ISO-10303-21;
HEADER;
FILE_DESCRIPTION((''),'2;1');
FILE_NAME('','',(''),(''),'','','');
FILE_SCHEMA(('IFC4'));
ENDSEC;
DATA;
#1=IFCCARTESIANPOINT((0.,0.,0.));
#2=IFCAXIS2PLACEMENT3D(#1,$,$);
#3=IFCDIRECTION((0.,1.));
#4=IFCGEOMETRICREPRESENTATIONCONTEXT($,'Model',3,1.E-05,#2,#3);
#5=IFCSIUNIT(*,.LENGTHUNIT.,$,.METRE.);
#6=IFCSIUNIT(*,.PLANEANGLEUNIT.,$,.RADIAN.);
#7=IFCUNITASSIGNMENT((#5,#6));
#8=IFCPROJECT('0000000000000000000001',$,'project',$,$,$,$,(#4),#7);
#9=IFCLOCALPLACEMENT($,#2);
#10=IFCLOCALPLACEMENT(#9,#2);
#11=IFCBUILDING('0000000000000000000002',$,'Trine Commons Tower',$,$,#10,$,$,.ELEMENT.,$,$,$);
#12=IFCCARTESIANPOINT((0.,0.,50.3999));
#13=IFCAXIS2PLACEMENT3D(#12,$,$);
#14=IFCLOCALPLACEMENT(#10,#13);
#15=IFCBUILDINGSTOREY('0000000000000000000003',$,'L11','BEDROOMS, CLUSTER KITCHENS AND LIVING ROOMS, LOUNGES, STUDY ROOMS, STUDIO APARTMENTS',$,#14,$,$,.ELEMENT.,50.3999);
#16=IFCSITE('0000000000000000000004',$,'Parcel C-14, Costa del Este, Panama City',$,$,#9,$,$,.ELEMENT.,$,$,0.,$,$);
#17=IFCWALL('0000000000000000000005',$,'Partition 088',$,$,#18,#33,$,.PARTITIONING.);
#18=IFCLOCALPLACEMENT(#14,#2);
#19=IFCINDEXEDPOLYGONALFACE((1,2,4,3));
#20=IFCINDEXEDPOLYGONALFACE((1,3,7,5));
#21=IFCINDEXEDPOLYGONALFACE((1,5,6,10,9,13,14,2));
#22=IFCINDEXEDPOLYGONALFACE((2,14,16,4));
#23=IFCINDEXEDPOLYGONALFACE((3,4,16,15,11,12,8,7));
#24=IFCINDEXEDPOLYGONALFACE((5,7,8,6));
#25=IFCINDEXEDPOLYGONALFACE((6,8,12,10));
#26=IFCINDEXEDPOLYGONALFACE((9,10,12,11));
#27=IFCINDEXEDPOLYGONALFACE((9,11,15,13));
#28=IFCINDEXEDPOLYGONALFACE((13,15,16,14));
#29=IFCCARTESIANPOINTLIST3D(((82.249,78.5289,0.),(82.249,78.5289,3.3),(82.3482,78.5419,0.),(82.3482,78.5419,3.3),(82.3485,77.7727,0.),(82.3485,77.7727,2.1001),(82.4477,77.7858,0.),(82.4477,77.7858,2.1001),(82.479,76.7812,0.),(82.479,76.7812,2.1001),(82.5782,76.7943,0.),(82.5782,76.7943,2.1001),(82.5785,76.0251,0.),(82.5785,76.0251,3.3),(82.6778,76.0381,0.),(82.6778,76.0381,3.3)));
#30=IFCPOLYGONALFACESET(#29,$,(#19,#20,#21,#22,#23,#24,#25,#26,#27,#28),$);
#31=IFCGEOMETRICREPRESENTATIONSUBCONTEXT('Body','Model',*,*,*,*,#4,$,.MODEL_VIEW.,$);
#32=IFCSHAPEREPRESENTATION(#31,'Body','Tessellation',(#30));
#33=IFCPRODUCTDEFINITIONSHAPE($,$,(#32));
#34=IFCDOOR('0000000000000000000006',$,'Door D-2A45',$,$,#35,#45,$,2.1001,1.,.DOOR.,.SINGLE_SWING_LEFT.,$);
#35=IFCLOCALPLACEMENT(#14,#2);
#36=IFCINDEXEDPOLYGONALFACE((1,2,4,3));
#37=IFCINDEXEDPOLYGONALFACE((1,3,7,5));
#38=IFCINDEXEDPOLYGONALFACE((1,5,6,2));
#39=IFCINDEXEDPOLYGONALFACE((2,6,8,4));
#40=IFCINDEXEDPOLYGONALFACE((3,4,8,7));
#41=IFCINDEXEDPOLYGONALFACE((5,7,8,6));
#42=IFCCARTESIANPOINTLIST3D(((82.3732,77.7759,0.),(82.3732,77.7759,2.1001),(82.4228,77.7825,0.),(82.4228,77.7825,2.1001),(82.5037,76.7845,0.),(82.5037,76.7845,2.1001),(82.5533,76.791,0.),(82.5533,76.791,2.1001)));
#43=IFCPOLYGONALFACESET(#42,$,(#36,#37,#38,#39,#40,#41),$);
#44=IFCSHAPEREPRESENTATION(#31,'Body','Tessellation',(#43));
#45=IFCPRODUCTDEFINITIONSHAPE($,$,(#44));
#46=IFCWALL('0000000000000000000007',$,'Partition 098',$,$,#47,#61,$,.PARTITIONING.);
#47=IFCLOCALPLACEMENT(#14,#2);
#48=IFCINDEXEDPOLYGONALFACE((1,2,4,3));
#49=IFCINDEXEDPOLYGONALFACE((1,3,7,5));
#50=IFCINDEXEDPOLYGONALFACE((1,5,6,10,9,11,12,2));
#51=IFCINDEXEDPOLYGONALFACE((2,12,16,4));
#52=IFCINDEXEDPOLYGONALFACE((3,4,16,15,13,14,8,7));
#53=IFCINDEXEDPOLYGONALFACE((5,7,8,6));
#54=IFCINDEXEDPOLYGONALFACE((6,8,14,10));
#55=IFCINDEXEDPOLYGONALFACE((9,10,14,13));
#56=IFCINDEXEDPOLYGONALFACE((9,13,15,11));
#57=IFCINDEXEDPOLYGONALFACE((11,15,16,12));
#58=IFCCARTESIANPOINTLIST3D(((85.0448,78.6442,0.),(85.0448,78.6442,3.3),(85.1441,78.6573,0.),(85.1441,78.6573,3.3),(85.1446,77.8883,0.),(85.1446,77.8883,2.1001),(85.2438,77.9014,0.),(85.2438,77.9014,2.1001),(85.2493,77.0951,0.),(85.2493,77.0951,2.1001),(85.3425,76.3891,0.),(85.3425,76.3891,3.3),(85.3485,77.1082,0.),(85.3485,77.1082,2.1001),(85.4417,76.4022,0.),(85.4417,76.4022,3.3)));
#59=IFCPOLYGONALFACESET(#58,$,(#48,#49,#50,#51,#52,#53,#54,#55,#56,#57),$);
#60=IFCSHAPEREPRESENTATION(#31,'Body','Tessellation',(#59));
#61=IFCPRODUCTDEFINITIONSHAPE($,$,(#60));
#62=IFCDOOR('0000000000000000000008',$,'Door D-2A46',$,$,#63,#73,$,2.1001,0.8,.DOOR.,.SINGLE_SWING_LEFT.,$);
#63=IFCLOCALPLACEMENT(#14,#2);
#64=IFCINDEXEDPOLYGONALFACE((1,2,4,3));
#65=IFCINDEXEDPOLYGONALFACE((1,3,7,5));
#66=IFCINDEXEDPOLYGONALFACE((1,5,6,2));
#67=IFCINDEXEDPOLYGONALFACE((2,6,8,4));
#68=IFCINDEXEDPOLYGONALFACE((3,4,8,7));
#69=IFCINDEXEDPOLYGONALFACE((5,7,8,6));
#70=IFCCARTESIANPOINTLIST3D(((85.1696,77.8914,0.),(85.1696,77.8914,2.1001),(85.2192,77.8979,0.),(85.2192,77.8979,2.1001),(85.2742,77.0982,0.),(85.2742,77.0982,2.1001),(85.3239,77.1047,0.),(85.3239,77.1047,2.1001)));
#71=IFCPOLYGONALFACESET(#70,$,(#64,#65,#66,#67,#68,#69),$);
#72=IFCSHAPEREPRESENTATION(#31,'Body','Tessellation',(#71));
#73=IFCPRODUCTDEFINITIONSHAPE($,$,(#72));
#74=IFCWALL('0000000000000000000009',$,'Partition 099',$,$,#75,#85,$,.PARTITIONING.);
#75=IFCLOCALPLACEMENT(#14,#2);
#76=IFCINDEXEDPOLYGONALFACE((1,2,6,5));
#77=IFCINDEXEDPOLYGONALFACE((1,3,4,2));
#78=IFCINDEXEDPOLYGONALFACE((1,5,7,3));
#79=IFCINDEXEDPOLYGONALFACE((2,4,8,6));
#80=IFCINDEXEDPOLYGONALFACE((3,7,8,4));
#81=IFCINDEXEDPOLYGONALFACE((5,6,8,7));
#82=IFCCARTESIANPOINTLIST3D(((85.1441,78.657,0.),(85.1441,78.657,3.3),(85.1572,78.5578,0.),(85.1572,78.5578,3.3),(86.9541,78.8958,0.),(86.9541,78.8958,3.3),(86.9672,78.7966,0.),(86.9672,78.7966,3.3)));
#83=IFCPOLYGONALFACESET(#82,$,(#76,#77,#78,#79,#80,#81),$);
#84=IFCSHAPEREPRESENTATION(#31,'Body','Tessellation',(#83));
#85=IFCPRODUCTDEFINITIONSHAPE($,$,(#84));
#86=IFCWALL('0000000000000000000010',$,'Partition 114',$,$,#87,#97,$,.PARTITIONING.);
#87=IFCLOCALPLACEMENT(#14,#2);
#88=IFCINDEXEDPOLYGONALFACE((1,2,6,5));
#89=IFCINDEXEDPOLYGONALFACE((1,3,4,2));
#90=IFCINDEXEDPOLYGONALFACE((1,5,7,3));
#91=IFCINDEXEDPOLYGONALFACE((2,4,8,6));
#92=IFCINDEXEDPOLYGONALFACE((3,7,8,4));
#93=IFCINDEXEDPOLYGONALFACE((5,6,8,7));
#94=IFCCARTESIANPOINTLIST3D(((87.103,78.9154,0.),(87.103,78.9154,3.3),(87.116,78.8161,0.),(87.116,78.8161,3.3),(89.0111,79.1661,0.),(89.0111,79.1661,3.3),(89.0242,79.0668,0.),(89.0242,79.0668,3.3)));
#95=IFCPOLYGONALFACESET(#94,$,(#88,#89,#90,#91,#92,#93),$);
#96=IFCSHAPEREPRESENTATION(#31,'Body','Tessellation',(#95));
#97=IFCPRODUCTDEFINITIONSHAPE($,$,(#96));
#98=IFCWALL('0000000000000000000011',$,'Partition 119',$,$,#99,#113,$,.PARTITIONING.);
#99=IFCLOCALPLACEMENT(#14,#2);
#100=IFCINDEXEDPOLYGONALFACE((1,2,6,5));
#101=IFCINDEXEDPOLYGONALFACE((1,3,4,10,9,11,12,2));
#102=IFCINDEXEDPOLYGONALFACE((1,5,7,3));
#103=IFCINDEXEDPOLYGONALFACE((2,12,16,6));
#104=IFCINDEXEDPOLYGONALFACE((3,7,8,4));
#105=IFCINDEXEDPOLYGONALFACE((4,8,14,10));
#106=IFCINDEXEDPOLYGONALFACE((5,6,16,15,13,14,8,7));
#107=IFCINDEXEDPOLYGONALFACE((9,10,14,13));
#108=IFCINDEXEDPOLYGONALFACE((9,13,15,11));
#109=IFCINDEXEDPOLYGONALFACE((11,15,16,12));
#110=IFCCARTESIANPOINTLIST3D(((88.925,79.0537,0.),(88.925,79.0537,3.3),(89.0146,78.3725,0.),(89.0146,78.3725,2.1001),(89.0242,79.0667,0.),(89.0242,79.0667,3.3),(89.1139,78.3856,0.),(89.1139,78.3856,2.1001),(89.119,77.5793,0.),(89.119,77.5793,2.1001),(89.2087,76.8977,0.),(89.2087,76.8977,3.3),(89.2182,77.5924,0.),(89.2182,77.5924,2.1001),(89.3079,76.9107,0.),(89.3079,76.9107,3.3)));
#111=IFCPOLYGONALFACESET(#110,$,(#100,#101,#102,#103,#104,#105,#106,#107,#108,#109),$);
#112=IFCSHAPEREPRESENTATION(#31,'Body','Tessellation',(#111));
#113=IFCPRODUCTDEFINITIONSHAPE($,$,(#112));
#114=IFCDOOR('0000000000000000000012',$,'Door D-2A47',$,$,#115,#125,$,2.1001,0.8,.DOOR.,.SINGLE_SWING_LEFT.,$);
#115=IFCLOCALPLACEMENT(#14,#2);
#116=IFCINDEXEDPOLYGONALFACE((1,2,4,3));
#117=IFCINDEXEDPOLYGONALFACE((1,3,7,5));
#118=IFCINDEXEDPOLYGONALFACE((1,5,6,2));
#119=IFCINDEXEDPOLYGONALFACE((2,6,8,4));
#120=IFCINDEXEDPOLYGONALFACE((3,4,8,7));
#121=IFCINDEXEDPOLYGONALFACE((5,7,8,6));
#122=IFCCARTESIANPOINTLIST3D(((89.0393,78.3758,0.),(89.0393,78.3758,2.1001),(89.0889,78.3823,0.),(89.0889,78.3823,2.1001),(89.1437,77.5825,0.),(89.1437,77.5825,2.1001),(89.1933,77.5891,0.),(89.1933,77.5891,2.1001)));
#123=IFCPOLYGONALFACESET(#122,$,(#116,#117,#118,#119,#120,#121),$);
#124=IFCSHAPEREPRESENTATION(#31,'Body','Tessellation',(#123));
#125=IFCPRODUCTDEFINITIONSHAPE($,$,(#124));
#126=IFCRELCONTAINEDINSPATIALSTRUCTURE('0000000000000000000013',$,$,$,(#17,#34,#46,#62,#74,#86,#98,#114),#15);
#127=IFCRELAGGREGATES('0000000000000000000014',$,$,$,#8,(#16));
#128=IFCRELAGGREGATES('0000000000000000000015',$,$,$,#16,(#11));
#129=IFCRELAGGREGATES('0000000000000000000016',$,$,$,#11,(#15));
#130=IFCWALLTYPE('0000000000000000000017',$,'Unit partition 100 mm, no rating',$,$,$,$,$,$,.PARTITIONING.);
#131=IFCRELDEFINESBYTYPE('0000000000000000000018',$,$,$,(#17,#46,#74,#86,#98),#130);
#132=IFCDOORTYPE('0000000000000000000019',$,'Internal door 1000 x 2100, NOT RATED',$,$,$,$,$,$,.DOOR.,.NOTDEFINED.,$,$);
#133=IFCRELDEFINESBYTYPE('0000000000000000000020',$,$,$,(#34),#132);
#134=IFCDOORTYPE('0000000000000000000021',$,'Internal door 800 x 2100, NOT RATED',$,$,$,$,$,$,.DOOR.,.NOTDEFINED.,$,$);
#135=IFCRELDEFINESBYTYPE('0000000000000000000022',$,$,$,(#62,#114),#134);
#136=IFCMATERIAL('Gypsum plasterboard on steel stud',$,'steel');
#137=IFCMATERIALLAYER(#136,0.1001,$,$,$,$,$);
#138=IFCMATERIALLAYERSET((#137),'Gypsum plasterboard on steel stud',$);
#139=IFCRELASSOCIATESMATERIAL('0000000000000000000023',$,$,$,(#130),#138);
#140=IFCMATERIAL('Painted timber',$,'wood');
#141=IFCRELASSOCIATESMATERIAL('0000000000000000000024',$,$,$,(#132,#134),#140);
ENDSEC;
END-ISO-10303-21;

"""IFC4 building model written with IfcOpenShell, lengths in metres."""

from ifc_helpers import new_model, si_unit, direction, frame, frame_2d, origin, place, context, subcontext, project, spatial, rectangle, extrude, material, layer, layer_set, type_object, element, fill, save


model = new_model("IFC4")

# Units and contexts
model_context = context("Model", 3, precision=1e-05, world=origin(), true_north=direction((0.0, 1.0)))
body_context = subcontext(model_context, "Body", "Model", "MODEL_VIEW")
ifc_project = project(units=[si_unit("LENGTHUNIT", "METRE"), si_unit("PLANEANGLEUNIT", "RADIAN")], contexts=[model_context])

# Site, building, storey
site_placement = place(None, origin())
site = spatial("IfcSite", under=ifc_project, at=site_placement, Name="Parcel C-14, Costa del Este, Panama City", CompositionType="ELEMENT", RefElevation=0.0)
building_placement = place(site_placement, origin())
building = spatial("IfcBuilding", under=site, at=building_placement, Name="Trine Commons Tower", CompositionType="ELEMENT")
storey_placement = place(building_placement, frame((0.0, 0.0, 50.3999)))
storey = spatial("IfcBuildingStorey", under=building, at=storey_placement, Name="L11", Description="BEDROOMS, CLUSTER KITCHENS AND LIVING ROOMS, LOUNGES, STUDY ROOMS, STUDIO APARTMENTS", CompositionType="ELEMENT", Elevation=50.3999)

# Shared definitions
ifc_material_1 = material(Name="Gypsum plasterboard on steel stud", Category="steel")

# Shared definitions
ifc_layer_1 = layer(ifc_material_1, 0.1001)
ifc_layer_set_1 = layer_set([ifc_layer_1], Name="Gypsum plasterboard on steel stud")
wall_type_1 = type_object("IfcWallType", Name="Unit partition 100 mm, no rating", PredefinedType="PARTITIONING", material=ifc_layer_set_1)

# Walls, openings, doors
wall_1_placement = place(storey_placement, frame((82.2986, 78.5354, 0.0), z_axis=(0.0, 0.0, 1.0), x_axis=(0.130505, -0.991448, 0.0)))
wall_1 = element("IfcWall", 1, at=wall_1_placement, inside=storey, type_object=wall_type_1, Name="Partition 088", PredefinedType="PARTITIONING", context=body_context, shape_type="SweptSolid", body=[
    extrude(rectangle(XDim=2.5254, YDim=0.1001, at=frame_2d((1.2627, 0.0))), origin(), (0.0, 0.0, 1.0), 3.3),
])
opening_1_placement = place(wall_1_placement, frame((0.7627, 0.0, 0.0)))
opening_1 = element("IfcOpeningElement", 2, at=opening_1_placement, cuts=wall_1, PredefinedType="OPENING", context=body_context, shape_type="SweptSolid", body=[
    extrude(rectangle(XDim=1.0, YDim=2.1001, at=frame_2d((0.5, 1.05))), frame((0.0, 0.0601, 0.0), z_axis=(0.0, -1.0, 0.0), x_axis=(1.0, 0.0, 0.0)), (0.0, 0.0, 1.0), 0.1201),
])
ifc_material_2 = material(Name="Painted timber", Category="wood")
door_type_1 = type_object("IfcDoorType", Name="Internal door 1000 x 2100, NOT RATED", OperationType="NOTDEFINED", PredefinedType="DOOR", material=ifc_material_2)
door_1_placement = place(opening_1_placement, origin())
door_1 = element("IfcDoor", 3, at=door_1_placement, inside=storey, type_object=door_type_1, Name="Door D-2A45", OperationType="SINGLE_SWING_LEFT", OverallHeight=2.1001, OverallWidth=1.0, PredefinedType="DOOR", context=body_context, shape_type="SweptSolid", body=[
    extrude(rectangle(XDim=1.0, YDim=2.1001, at=frame_2d((0.5, 1.05))), frame((0.0, 0.0249, 0.0), z_axis=(0.0, -1.0, 0.0), x_axis=(1.0, 0.0, 0.0)), (0.0, 0.0, 1.0), 0.05),
])
fill(opening_1, door_1)
wall_2_placement = place(storey_placement, frame((85.0945, 78.6506, 0.0), z_axis=(0.0, 0.0, 1.0), x_axis=(0.130835, -0.991404, 0.0)))
wall_2 = element("IfcWall", 4, at=wall_2_placement, inside=storey, type_object=wall_type_1, Name="Partition 098", PredefinedType="PARTITIONING", context=body_context, shape_type="SweptSolid", body=[
    extrude(rectangle(XDim=2.2747, YDim=0.1001, at=frame_2d((1.1372, 0.0))), origin(), (0.0, 0.0, 1.0), 3.3),
])
opening_2_placement = place(wall_2_placement, frame((0.7625, 0.0, 0.0)))
opening_2 = element("IfcOpeningElement", 5, at=opening_2_placement, cuts=wall_2, PredefinedType="OPENING", context=body_context, shape_type="SweptSolid", body=[
    extrude(rectangle(XDim=0.8, YDim=2.1001, at=frame_2d((0.3999, 1.05))), frame((0.0, 0.0601, 0.0), z_axis=(0.0, -1.0, 0.0), x_axis=(1.0, 0.0, 0.0)), (0.0, 0.0, 1.0), 0.1201),
])
door_type_2 = type_object("IfcDoorType", Name="Internal door 800 x 2100, NOT RATED", OperationType="NOTDEFINED", PredefinedType="DOOR", material=ifc_material_2)
door_2_placement = place(opening_2_placement, frame((0.8, 0.0, 0.0), z_axis=(0.0, 0.0, 1.0), x_axis=(-1.0, 0.0, 0.0)))
door_2 = element("IfcDoor", 6, at=door_2_placement, inside=storey, type_object=door_type_2, Name="Door D-2A46", OperationType="SINGLE_SWING_LEFT", OverallHeight=2.1001, OverallWidth=0.8, PredefinedType="DOOR", context=body_context, shape_type="SweptSolid", body=[
    extrude(rectangle(XDim=0.8, YDim=2.1001, at=frame_2d((0.3999, 1.05))), frame((0.0, 0.0249, 0.0), z_axis=(0.0, -1.0, 0.0), x_axis=(1.0, 0.0, 0.0)), (0.0, 0.0, 1.0), 0.05),
])
fill(opening_2, door_2)

# Walls
wall_3_placement = place(storey_placement, frame((85.1506, 78.6074, 0.0), z_axis=(0.0, 0.0, 1.0), x_axis=(0.991411, 0.13078, 0.0)))
element("IfcWall", 7, at=wall_3_placement, inside=storey, type_object=wall_type_1, Name="Partition 099", PredefinedType="PARTITIONING", context=body_context, shape_type="SweptSolid", body=[
    extrude(rectangle(XDim=1.8257, YDim=0.1001, at=frame_2d((0.9128, 0.0))), origin(), (0.0, 0.0, 1.0), 3.3),
])
wall_4_placement = place(storey_placement, frame((87.1094, 78.8657, 0.0), z_axis=(0.0, 0.0, 1.0), x_axis=(0.991478, 0.130277, 0.0)))
element("IfcWall", 8, at=wall_4_placement, inside=storey, type_object=wall_type_1, Name="Partition 114", PredefinedType="PARTITIONING", context=body_context, shape_type="SweptSolid", body=[
    extrude(rectangle(XDim=1.9246, YDim=0.1001, at=frame_2d((0.9624, 0.0))), origin(), (0.0, 0.0, 1.0), 3.3),
])

# Wall, opening, door
wall_5_placement = place(storey_placement, frame((88.9746, 79.0603, 0.0), z_axis=(0.0, 0.0, 1.0), x_axis=(0.130457, -0.991454, 0.0)))
wall_5 = element("IfcWall", 9, at=wall_5_placement, inside=storey, type_object=wall_type_1, Name="Partition 119", PredefinedType="PARTITIONING", context=body_context, shape_type="SweptSolid", body=[
    extrude(rectangle(XDim=2.1746, YDim=0.1001, at=frame_2d((1.0874, 0.0))), origin(), (0.0, 0.0, 1.0), 3.3),
])
opening_3_placement = place(wall_5_placement, frame((0.6873, 0.0, 0.0)))
opening_3 = element("IfcOpeningElement", 10, at=opening_3_placement, cuts=wall_5, PredefinedType="OPENING", context=body_context, shape_type="SweptSolid", body=[
    extrude(rectangle(XDim=0.8, YDim=2.1001, at=frame_2d((0.3999, 1.05))), frame((0.0, 0.0601, 0.0), z_axis=(0.0, -1.0, 0.0), x_axis=(1.0, 0.0, 0.0)), (0.0, 0.0, 1.0), 0.1201),
])
door_3_placement = place(opening_3_placement, origin())
door_3 = element("IfcDoor", 11, at=door_3_placement, inside=storey, type_object=door_type_2, Name="Door D-2A47", OperationType="SINGLE_SWING_LEFT", OverallHeight=2.1001, OverallWidth=0.8, PredefinedType="DOOR", context=body_context, shape_type="SweptSolid", body=[
    extrude(rectangle(XDim=0.8, YDim=2.1001, at=frame_2d((0.3999, 1.05))), frame((0.0, 0.0249, 0.0), z_axis=(0.0, -1.0, 0.0), x_axis=(1.0, 0.0, 0.0)), (0.0, 0.0, 1.0), 0.05),
])
fill(opening_3, door_3)

save(model, "model.ifc")
